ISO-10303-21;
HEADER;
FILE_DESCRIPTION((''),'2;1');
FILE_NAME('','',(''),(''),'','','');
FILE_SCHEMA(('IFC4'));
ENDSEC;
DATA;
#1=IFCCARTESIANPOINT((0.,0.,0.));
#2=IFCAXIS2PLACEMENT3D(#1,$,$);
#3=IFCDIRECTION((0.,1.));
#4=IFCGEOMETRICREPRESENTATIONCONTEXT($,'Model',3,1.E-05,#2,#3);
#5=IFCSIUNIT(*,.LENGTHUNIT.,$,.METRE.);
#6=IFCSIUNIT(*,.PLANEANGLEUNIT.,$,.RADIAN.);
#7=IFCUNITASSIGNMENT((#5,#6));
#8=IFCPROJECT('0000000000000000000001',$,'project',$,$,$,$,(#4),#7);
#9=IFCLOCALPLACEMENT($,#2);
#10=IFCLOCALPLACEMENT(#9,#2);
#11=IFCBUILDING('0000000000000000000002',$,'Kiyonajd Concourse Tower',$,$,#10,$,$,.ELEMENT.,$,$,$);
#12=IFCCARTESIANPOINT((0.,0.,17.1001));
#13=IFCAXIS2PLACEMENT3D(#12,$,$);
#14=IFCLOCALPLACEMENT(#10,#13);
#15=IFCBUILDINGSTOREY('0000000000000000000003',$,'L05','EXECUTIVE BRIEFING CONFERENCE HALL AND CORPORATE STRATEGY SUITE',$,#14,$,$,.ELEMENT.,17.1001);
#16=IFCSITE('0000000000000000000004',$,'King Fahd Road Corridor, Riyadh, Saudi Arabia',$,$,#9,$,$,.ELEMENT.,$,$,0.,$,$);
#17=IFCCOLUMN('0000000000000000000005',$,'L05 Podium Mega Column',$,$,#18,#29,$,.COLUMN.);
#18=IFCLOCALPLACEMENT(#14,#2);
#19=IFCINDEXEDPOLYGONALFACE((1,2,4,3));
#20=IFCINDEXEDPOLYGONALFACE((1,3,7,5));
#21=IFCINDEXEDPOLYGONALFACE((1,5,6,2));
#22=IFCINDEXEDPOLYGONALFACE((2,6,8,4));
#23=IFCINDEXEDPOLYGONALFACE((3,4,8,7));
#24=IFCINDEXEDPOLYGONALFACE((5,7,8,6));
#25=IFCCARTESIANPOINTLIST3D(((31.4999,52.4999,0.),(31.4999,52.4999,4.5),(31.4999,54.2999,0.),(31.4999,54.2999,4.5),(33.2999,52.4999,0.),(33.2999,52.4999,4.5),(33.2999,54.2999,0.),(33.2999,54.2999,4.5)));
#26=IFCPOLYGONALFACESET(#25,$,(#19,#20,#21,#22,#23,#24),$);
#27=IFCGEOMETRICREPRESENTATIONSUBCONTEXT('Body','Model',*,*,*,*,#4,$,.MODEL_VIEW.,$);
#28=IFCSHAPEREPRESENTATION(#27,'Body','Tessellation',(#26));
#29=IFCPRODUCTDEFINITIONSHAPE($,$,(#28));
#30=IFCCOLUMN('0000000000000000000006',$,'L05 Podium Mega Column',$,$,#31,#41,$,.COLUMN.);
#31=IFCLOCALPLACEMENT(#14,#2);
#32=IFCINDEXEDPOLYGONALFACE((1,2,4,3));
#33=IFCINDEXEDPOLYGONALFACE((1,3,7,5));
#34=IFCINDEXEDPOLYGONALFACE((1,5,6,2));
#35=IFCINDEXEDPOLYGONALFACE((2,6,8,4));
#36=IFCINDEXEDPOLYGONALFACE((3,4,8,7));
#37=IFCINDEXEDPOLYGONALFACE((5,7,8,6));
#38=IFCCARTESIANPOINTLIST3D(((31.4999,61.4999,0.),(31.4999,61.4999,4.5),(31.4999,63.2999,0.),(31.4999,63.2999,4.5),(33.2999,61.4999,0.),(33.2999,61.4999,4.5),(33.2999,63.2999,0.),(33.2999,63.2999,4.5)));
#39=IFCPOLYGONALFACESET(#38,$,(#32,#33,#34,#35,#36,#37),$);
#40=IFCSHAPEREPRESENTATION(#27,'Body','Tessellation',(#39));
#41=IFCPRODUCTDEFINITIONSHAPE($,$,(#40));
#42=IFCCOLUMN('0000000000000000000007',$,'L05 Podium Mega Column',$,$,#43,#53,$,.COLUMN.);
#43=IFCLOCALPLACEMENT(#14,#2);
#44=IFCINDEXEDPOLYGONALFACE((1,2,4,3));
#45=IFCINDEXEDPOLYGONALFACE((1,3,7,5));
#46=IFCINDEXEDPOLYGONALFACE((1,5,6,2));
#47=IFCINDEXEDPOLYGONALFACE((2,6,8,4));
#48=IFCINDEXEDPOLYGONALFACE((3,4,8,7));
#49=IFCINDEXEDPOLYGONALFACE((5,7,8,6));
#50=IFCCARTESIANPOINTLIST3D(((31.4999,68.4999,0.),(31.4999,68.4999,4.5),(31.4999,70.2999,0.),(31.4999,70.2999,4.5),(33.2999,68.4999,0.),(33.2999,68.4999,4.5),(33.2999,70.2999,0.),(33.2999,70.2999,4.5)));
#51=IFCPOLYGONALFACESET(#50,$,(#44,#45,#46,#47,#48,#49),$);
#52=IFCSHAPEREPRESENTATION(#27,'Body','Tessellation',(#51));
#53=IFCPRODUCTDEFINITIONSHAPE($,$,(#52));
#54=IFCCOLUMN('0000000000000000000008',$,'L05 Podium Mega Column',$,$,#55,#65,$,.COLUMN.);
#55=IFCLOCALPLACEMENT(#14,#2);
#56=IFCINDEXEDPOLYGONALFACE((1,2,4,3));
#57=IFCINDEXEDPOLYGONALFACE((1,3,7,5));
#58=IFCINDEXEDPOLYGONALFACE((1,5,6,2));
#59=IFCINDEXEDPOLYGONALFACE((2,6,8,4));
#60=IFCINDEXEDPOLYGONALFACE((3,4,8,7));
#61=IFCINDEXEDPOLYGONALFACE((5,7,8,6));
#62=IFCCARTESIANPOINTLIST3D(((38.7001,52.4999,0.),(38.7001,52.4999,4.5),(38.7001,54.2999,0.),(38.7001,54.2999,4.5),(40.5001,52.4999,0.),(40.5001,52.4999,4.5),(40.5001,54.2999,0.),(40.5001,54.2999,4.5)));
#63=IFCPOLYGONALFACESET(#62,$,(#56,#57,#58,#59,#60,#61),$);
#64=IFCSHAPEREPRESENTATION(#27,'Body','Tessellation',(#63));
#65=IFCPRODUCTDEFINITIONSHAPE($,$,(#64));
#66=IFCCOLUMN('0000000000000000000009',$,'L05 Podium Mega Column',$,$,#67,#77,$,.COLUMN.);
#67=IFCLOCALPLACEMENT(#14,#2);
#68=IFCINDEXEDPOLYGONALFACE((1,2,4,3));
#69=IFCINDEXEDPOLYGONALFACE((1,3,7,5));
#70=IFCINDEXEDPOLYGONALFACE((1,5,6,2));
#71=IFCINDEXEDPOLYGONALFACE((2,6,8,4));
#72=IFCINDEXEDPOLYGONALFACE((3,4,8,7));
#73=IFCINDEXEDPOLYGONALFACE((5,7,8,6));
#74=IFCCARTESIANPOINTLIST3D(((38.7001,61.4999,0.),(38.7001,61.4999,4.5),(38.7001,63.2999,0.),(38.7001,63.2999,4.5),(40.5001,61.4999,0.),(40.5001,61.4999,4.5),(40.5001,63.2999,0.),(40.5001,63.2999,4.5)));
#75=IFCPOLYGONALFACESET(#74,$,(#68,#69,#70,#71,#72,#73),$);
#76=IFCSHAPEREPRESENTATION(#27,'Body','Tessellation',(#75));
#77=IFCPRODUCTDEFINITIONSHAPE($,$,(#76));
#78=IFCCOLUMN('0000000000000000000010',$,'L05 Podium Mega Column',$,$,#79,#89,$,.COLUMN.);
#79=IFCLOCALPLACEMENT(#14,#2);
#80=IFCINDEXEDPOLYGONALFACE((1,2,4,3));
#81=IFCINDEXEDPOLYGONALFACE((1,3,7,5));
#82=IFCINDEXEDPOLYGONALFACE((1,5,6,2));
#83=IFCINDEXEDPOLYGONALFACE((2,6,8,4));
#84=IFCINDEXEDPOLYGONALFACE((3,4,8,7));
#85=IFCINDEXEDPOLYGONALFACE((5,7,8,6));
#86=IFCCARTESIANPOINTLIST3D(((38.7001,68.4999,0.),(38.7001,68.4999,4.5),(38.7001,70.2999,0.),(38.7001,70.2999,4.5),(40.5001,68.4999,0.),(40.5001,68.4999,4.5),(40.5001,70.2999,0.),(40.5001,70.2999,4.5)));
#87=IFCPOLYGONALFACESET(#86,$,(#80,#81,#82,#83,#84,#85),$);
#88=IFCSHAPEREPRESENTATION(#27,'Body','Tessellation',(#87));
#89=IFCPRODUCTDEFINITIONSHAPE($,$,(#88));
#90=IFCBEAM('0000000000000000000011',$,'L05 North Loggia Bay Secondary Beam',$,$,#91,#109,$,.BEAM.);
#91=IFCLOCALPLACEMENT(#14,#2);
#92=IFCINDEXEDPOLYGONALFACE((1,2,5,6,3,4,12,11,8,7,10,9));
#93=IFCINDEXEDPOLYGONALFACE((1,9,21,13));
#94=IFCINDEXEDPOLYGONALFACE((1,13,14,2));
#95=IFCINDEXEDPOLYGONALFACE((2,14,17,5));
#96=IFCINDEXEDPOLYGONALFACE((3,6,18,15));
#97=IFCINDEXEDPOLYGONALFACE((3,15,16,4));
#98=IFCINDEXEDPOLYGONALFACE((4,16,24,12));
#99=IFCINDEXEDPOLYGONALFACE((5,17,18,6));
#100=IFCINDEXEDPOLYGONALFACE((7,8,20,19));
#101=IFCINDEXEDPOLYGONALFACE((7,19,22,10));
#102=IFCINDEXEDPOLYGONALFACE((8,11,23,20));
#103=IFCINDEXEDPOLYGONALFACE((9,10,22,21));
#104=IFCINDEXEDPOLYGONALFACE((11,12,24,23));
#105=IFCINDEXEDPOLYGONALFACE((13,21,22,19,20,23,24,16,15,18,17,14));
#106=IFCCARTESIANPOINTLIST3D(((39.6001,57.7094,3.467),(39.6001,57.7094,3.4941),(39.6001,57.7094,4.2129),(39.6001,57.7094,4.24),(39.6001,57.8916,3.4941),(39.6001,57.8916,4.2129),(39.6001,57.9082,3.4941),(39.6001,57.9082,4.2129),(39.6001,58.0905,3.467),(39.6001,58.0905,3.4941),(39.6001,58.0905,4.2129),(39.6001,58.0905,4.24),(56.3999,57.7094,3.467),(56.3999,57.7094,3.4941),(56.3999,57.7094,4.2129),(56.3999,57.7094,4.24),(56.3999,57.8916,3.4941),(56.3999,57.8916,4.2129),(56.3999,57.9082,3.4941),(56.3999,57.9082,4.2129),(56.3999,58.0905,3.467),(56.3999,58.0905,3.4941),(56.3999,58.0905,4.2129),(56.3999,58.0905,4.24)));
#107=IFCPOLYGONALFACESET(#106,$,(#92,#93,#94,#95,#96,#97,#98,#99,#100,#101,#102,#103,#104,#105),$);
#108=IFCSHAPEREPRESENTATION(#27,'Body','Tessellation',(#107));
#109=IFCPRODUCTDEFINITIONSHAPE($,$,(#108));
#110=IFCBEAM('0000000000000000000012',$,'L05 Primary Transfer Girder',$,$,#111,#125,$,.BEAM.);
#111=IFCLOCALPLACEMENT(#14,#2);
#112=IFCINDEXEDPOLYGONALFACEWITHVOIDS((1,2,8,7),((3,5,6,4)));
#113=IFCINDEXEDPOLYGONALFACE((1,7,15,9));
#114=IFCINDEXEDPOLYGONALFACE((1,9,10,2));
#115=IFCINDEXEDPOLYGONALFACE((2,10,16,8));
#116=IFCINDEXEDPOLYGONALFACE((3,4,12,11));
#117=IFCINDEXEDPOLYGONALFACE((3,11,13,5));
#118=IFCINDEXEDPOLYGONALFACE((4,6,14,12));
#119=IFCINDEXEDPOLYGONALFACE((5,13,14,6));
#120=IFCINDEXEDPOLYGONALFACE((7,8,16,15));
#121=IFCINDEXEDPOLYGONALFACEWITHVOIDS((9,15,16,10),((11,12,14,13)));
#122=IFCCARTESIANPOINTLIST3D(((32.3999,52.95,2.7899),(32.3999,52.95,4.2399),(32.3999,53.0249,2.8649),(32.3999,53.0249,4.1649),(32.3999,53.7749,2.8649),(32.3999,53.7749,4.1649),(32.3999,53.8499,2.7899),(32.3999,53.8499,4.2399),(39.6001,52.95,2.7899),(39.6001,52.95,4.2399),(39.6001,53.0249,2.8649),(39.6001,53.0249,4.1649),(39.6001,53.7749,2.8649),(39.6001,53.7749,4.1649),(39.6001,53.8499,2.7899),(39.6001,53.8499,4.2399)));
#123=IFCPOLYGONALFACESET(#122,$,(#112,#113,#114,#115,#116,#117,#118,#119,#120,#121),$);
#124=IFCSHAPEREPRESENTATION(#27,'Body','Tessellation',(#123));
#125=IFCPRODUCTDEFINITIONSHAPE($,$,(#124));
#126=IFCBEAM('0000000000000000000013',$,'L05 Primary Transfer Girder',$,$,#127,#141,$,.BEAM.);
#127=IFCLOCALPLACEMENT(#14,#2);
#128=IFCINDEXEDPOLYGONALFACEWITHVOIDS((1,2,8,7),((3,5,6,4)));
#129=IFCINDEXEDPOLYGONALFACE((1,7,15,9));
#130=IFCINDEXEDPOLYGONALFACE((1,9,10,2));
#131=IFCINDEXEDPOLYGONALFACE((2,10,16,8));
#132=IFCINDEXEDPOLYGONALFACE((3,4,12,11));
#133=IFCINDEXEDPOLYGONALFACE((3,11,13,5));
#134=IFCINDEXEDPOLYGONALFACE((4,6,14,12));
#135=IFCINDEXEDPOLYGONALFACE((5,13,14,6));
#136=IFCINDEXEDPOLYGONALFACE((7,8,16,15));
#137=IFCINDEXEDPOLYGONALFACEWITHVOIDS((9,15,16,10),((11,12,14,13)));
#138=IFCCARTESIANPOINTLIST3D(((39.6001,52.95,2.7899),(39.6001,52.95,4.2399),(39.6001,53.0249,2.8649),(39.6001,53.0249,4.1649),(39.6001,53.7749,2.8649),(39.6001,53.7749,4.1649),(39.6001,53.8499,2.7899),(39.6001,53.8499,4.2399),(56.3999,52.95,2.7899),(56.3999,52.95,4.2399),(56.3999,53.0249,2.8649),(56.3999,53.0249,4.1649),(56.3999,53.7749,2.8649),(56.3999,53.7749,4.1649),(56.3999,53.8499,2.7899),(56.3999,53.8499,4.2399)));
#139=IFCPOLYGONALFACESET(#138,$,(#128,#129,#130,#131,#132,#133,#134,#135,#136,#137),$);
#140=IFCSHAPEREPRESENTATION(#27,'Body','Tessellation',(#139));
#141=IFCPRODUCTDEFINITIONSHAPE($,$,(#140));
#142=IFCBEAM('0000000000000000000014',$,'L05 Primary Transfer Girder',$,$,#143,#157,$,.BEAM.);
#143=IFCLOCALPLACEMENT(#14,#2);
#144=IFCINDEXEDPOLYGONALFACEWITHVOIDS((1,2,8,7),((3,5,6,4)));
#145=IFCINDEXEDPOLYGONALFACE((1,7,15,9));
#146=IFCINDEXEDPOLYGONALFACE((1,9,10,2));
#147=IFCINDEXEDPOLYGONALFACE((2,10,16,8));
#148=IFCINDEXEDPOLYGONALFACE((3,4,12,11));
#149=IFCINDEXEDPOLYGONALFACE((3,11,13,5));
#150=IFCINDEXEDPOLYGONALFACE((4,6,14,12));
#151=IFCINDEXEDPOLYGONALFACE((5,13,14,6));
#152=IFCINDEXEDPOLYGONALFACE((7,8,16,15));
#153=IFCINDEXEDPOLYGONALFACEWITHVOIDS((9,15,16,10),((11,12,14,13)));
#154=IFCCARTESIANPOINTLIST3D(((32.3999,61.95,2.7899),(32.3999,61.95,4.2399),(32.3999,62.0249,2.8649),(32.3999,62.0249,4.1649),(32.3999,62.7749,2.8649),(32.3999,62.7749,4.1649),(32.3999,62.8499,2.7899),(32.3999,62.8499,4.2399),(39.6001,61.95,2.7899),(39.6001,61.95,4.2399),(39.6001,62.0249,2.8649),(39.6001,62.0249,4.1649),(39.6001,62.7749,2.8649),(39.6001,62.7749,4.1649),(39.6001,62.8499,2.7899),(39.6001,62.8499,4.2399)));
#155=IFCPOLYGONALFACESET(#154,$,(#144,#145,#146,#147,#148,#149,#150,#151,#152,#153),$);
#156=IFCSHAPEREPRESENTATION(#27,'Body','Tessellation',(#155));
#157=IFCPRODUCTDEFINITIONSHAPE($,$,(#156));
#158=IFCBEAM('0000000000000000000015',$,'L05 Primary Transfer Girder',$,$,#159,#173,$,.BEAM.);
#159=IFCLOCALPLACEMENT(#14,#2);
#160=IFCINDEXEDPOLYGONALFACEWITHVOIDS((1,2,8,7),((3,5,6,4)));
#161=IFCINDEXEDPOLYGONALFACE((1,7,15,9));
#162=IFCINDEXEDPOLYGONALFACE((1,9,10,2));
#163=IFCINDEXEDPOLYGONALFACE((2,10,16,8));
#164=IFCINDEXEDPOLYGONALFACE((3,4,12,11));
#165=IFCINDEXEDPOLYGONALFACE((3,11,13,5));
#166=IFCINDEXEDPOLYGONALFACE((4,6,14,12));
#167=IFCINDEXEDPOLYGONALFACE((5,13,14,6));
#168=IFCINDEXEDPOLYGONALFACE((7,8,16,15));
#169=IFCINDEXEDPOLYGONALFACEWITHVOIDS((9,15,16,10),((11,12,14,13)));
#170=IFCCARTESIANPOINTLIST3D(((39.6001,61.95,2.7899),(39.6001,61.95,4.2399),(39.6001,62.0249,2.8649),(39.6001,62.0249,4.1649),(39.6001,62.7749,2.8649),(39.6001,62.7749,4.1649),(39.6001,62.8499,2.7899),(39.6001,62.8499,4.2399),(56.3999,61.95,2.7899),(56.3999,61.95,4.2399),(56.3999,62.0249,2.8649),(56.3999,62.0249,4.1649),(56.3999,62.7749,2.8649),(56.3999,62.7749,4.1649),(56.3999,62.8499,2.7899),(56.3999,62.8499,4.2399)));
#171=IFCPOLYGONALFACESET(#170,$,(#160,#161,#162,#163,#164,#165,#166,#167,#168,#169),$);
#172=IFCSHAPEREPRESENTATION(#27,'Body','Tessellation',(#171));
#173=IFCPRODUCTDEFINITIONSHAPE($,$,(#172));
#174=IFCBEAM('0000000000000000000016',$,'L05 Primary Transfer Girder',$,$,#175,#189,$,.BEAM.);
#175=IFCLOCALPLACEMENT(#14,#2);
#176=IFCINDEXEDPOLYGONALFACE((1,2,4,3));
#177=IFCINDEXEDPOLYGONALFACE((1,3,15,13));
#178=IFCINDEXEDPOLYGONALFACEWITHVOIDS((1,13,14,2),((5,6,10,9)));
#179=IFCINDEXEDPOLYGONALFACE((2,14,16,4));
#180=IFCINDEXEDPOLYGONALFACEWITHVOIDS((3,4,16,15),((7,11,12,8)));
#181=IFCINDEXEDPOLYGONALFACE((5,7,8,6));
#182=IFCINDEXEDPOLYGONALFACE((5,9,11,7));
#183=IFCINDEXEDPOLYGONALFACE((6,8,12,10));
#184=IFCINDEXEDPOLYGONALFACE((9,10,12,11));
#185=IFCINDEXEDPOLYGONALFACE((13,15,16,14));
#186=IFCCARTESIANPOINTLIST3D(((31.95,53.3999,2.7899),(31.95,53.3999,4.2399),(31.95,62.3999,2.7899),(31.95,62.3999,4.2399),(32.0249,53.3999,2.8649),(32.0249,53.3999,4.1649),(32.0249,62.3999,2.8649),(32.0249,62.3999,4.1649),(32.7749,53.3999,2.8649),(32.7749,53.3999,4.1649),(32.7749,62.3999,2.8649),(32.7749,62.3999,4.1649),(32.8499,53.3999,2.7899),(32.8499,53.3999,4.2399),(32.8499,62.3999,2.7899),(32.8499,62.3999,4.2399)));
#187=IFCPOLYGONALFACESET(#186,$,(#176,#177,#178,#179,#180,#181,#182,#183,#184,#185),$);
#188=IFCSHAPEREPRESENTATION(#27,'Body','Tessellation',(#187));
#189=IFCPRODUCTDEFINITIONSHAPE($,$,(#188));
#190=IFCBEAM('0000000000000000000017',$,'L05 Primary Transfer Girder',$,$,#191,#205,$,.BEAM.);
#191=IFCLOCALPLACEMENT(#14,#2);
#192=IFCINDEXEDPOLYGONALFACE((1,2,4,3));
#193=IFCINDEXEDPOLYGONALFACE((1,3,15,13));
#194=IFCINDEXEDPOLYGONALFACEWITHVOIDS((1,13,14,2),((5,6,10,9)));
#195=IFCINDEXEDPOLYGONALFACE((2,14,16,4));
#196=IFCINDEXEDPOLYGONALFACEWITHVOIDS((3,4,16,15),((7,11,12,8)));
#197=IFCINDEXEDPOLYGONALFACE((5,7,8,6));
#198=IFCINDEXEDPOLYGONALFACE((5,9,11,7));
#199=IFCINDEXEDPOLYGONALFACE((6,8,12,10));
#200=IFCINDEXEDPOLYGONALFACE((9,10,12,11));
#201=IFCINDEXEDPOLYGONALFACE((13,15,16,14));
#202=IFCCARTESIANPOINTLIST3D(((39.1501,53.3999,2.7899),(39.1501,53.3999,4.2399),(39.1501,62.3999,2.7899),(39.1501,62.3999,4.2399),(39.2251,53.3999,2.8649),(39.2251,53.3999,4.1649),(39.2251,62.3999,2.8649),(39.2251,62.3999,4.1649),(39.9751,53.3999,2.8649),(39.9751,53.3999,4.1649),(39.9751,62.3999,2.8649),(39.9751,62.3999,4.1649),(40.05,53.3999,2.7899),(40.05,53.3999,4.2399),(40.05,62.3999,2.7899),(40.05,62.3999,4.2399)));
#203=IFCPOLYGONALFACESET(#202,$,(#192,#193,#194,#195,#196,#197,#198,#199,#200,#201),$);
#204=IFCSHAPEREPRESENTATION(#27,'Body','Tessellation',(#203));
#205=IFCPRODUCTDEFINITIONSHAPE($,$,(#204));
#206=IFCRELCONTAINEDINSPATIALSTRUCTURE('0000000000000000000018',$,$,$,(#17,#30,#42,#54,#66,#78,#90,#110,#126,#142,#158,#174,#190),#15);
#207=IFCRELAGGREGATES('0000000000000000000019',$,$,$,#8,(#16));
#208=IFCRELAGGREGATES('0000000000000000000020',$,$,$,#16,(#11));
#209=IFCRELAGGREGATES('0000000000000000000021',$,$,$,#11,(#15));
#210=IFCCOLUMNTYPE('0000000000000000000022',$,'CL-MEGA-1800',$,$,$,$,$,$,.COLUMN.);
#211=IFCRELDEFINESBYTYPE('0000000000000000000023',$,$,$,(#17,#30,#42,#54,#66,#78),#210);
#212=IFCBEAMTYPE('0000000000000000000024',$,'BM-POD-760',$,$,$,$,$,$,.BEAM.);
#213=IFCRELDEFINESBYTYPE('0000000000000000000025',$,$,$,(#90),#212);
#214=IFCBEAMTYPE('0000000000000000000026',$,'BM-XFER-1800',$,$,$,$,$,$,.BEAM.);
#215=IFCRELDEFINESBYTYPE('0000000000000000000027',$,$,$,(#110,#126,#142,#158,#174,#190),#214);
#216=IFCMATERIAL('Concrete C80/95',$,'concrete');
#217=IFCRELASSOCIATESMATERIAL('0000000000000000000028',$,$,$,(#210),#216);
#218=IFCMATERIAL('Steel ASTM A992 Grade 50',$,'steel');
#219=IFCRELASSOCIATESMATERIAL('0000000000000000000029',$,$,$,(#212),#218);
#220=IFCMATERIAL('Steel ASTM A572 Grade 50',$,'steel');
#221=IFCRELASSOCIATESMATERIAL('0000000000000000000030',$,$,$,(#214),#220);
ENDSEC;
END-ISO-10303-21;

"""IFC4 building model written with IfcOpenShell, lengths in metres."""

from ifc_helpers import new_model, si_unit, direction, frame, origin, origin_2d, place, context, subcontext, project, spatial, rectangle, hollow_rectangle, i_section, extrude, material, material_profile, profile_set, type_object, element, save


model = new_model("IFC4")

# Units and contexts
model_context = context("Model", 3, precision=1e-05, world=origin(), true_north=direction((0.0, 1.0)))
body_context = subcontext(model_context, "Body", "Model", "MODEL_VIEW")
ifc_project = project(units=[si_unit("LENGTHUNIT", "METRE"), si_unit("PLANEANGLEUNIT", "RADIAN")], contexts=[model_context])

# Site, building, storey
site_placement = place(None, origin())
site = spatial("IfcSite", under=ifc_project, at=site_placement, Name="King Fahd Road Corridor, Riyadh, Saudi Arabia", CompositionType="ELEMENT", RefElevation=0.0)
building_placement = place(site_placement, origin())
building = spatial("IfcBuilding", under=site, at=building_placement, Name="Kiyonajd Concourse Tower", CompositionType="ELEMENT")
storey_placement = place(building_placement, frame((0.0, 0.0, 17.1001)))
storey = spatial("IfcBuildingStorey", under=building, at=storey_placement, Name="L05", Description="EXECUTIVE BRIEFING CONFERENCE HALL AND CORPORATE STRATEGY SUITE", CompositionType="ELEMENT", Elevation=17.1001)

# Columns
ifc_material_1 = material(Name="Concrete C80/95", Category="concrete")
ifc_material_profile_1 = material_profile(ifc_material_1, rectangle(XDim=1.8, YDim=1.8, at=origin_2d()), Name="RC-1800x1800")
ifc_profile_set_1 = profile_set([ifc_material_profile_1], Name="Concrete C80/95")
column_type = type_object("IfcColumnType", Name="CL-MEGA-1800", PredefinedType="COLUMN", material=ifc_profile_set_1)
for number, where, z_axis, x_axis, name in (
    (1, (32.3999, 53.3999, 0.0), (0.0, 0.0, 1.0), (1.0, 0.0, 0.0), "L05 Podium Mega Column"),
    (2, (32.3999, 62.3999, 0.0), (0.0, 0.0, 1.0), (1.0, 0.0, 0.0), "L05 Podium Mega Column"),
    (3, (32.3999, 69.3999, 0.0), (0.0, 0.0, 1.0), (1.0, 0.0, 0.0), "L05 Podium Mega Column"),
    (4, (39.6001, 53.3999, 0.0), (0.0, 0.0, 1.0), (1.0, 0.0, 0.0), "L05 Podium Mega Column"),
    (5, (39.6001, 62.3999, 0.0), (0.0, 0.0, 1.0), (1.0, 0.0, 0.0), "L05 Podium Mega Column"),
    (6, (39.6001, 69.3999, 0.0), (0.0, 0.0, 1.0), (1.0, 0.0, 0.0), "L05 Podium Mega Column"),
):
    element("IfcColumn", number, at=place(storey_placement, frame(where, z_axis=z_axis, x_axis=x_axis)), inside=storey, type_object=column_type, Name=name, PredefinedType="COLUMN", context=body_context, shape_type="SweptSolid", body=[
        extrude(rectangle(XDim=1.8, YDim=1.8, at=origin_2d()), origin(), (0.0, 0.0, 1.0), 4.5),
    ])

# Beams
ifc_material_2 = material(Name="Steel ASTM A992 Grade 50", Category="steel")
ifc_material_profile_2 = material_profile(ifc_material_2, i_section(OverallWidth=0.3811, OverallDepth=0.7729, WebThickness=0.0166, FlangeThickness=0.0271, at=origin_2d()), Name="W760X257")
ifc_profile_set_2 = profile_set([ifc_material_profile_2], Name="Steel ASTM A992 Grade 50")
beam_type_1 = type_object("IfcBeamType", Name="BM-POD-760", PredefinedType="BEAM", material=ifc_profile_set_2)
beam_1_placement = place(storey_placement, frame((39.6001, 57.8999, 3.8535), z_axis=(1.0, 0.0, 0.0), x_axis=(0.0, 1.0, 0.0)))
element("IfcBeam", 7, at=beam_1_placement, inside=storey, type_object=beam_type_1, Name="L05 North Loggia Bay Secondary Beam", PredefinedType="BEAM", context=body_context, shape_type="SweptSolid", body=[
    extrude(i_section(OverallWidth=0.3811, OverallDepth=0.7729, WebThickness=0.0166, FlangeThickness=0.0271, at=origin_2d()), origin(), (0.0, 0.0, 1.0), 16.7998),
])
ifc_material_3 = material(Name="Steel ASTM A572 Grade 50", Category="steel")
ifc_material_profile_3 = material_profile(ifc_material_3, hollow_rectangle(XDim=0.8999, YDim=1.45, WallThickness=0.075, at=origin_2d()), Name="BOX-1450x900x75")
ifc_profile_set_3 = profile_set([ifc_material_profile_3], Name="Steel ASTM A572 Grade 50")
beam_type_2 = type_object("IfcBeamType", Name="BM-XFER-1800", PredefinedType="BEAM", material=ifc_profile_set_3)
beam_2_placement = place(storey_placement, frame((32.3999, 53.3999, 3.5149), z_axis=(1.0, 0.0, 0.0), x_axis=(0.0, 1.0, 0.0)))
element("IfcBeam", 8, at=beam_2_placement, inside=storey, type_object=beam_type_2, Name="L05 Primary Transfer Girder", PredefinedType="BEAM", context=body_context, shape_type="SweptSolid", body=[
    extrude(hollow_rectangle(XDim=0.8999, YDim=1.45, WallThickness=0.075, at=origin_2d()), origin(), (0.0, 0.0, 1.0), 7.2002),
])
beam_3_placement = place(storey_placement, frame((39.6001, 53.3999, 3.5149), z_axis=(1.0, 0.0, 0.0), x_axis=(0.0, 1.0, 0.0)))
element("IfcBeam", 9, at=beam_3_placement, inside=storey, type_object=beam_type_2, Name="L05 Primary Transfer Girder", PredefinedType="BEAM", context=body_context, shape_type="SweptSolid", body=[
    extrude(hollow_rectangle(XDim=0.8999, YDim=1.45, WallThickness=0.075, at=origin_2d()), origin(), (0.0, 0.0, 1.0), 16.7998),
])
beam_4_placement = place(storey_placement, frame((32.3999, 62.3999, 3.5149), z_axis=(1.0, 0.0, 0.0), x_axis=(0.0, 1.0, 0.0)))
element("IfcBeam", 10, at=beam_4_placement, inside=storey, type_object=beam_type_2, Name="L05 Primary Transfer Girder", PredefinedType="BEAM", context=body_context, shape_type="SweptSolid", body=[
    extrude(hollow_rectangle(XDim=0.8999, YDim=1.45, WallThickness=0.075, at=origin_2d()), origin(), (0.0, 0.0, 1.0), 7.2002),
])
beam_5_placement = place(storey_placement, frame((39.6001, 62.3999, 3.5149), z_axis=(1.0, 0.0, 0.0), x_axis=(0.0, 1.0, 0.0)))
element("IfcBeam", 11, at=beam_5_placement, inside=storey, type_object=beam_type_2, Name="L05 Primary Transfer Girder", PredefinedType="BEAM", context=body_context, shape_type="SweptSolid", body=[
    extrude(hollow_rectangle(XDim=0.8999, YDim=1.45, WallThickness=0.075, at=origin_2d()), origin(), (0.0, 0.0, 1.0), 16.7998),
])
for number, where, z_axis, x_axis, name in (
    (12, (32.3999, 53.3999, 3.5149), (0.0, 1.0, 0.0), (-1.0, 0.0, 0.0), "L05 Primary Transfer Girder"),
    (13, (39.6001, 53.3999, 3.5149), (0.0, 1.0, 0.0), (-1.0, 0.0, 0.0), "L05 Primary Transfer Girder"),
):
    element("IfcBeam", number, at=place(storey_placement, frame(where, z_axis=z_axis, x_axis=x_axis)), inside=storey, type_object=beam_type_2, Name=name, PredefinedType="BEAM", context=body_context, shape_type="SweptSolid", body=[
        extrude(hollow_rectangle(XDim=0.8999, YDim=1.45, WallThickness=0.075, at=origin_2d()), origin(), (0.0, 0.0, 1.0), 9.0),
    ])

save(model, "model.ifc")
